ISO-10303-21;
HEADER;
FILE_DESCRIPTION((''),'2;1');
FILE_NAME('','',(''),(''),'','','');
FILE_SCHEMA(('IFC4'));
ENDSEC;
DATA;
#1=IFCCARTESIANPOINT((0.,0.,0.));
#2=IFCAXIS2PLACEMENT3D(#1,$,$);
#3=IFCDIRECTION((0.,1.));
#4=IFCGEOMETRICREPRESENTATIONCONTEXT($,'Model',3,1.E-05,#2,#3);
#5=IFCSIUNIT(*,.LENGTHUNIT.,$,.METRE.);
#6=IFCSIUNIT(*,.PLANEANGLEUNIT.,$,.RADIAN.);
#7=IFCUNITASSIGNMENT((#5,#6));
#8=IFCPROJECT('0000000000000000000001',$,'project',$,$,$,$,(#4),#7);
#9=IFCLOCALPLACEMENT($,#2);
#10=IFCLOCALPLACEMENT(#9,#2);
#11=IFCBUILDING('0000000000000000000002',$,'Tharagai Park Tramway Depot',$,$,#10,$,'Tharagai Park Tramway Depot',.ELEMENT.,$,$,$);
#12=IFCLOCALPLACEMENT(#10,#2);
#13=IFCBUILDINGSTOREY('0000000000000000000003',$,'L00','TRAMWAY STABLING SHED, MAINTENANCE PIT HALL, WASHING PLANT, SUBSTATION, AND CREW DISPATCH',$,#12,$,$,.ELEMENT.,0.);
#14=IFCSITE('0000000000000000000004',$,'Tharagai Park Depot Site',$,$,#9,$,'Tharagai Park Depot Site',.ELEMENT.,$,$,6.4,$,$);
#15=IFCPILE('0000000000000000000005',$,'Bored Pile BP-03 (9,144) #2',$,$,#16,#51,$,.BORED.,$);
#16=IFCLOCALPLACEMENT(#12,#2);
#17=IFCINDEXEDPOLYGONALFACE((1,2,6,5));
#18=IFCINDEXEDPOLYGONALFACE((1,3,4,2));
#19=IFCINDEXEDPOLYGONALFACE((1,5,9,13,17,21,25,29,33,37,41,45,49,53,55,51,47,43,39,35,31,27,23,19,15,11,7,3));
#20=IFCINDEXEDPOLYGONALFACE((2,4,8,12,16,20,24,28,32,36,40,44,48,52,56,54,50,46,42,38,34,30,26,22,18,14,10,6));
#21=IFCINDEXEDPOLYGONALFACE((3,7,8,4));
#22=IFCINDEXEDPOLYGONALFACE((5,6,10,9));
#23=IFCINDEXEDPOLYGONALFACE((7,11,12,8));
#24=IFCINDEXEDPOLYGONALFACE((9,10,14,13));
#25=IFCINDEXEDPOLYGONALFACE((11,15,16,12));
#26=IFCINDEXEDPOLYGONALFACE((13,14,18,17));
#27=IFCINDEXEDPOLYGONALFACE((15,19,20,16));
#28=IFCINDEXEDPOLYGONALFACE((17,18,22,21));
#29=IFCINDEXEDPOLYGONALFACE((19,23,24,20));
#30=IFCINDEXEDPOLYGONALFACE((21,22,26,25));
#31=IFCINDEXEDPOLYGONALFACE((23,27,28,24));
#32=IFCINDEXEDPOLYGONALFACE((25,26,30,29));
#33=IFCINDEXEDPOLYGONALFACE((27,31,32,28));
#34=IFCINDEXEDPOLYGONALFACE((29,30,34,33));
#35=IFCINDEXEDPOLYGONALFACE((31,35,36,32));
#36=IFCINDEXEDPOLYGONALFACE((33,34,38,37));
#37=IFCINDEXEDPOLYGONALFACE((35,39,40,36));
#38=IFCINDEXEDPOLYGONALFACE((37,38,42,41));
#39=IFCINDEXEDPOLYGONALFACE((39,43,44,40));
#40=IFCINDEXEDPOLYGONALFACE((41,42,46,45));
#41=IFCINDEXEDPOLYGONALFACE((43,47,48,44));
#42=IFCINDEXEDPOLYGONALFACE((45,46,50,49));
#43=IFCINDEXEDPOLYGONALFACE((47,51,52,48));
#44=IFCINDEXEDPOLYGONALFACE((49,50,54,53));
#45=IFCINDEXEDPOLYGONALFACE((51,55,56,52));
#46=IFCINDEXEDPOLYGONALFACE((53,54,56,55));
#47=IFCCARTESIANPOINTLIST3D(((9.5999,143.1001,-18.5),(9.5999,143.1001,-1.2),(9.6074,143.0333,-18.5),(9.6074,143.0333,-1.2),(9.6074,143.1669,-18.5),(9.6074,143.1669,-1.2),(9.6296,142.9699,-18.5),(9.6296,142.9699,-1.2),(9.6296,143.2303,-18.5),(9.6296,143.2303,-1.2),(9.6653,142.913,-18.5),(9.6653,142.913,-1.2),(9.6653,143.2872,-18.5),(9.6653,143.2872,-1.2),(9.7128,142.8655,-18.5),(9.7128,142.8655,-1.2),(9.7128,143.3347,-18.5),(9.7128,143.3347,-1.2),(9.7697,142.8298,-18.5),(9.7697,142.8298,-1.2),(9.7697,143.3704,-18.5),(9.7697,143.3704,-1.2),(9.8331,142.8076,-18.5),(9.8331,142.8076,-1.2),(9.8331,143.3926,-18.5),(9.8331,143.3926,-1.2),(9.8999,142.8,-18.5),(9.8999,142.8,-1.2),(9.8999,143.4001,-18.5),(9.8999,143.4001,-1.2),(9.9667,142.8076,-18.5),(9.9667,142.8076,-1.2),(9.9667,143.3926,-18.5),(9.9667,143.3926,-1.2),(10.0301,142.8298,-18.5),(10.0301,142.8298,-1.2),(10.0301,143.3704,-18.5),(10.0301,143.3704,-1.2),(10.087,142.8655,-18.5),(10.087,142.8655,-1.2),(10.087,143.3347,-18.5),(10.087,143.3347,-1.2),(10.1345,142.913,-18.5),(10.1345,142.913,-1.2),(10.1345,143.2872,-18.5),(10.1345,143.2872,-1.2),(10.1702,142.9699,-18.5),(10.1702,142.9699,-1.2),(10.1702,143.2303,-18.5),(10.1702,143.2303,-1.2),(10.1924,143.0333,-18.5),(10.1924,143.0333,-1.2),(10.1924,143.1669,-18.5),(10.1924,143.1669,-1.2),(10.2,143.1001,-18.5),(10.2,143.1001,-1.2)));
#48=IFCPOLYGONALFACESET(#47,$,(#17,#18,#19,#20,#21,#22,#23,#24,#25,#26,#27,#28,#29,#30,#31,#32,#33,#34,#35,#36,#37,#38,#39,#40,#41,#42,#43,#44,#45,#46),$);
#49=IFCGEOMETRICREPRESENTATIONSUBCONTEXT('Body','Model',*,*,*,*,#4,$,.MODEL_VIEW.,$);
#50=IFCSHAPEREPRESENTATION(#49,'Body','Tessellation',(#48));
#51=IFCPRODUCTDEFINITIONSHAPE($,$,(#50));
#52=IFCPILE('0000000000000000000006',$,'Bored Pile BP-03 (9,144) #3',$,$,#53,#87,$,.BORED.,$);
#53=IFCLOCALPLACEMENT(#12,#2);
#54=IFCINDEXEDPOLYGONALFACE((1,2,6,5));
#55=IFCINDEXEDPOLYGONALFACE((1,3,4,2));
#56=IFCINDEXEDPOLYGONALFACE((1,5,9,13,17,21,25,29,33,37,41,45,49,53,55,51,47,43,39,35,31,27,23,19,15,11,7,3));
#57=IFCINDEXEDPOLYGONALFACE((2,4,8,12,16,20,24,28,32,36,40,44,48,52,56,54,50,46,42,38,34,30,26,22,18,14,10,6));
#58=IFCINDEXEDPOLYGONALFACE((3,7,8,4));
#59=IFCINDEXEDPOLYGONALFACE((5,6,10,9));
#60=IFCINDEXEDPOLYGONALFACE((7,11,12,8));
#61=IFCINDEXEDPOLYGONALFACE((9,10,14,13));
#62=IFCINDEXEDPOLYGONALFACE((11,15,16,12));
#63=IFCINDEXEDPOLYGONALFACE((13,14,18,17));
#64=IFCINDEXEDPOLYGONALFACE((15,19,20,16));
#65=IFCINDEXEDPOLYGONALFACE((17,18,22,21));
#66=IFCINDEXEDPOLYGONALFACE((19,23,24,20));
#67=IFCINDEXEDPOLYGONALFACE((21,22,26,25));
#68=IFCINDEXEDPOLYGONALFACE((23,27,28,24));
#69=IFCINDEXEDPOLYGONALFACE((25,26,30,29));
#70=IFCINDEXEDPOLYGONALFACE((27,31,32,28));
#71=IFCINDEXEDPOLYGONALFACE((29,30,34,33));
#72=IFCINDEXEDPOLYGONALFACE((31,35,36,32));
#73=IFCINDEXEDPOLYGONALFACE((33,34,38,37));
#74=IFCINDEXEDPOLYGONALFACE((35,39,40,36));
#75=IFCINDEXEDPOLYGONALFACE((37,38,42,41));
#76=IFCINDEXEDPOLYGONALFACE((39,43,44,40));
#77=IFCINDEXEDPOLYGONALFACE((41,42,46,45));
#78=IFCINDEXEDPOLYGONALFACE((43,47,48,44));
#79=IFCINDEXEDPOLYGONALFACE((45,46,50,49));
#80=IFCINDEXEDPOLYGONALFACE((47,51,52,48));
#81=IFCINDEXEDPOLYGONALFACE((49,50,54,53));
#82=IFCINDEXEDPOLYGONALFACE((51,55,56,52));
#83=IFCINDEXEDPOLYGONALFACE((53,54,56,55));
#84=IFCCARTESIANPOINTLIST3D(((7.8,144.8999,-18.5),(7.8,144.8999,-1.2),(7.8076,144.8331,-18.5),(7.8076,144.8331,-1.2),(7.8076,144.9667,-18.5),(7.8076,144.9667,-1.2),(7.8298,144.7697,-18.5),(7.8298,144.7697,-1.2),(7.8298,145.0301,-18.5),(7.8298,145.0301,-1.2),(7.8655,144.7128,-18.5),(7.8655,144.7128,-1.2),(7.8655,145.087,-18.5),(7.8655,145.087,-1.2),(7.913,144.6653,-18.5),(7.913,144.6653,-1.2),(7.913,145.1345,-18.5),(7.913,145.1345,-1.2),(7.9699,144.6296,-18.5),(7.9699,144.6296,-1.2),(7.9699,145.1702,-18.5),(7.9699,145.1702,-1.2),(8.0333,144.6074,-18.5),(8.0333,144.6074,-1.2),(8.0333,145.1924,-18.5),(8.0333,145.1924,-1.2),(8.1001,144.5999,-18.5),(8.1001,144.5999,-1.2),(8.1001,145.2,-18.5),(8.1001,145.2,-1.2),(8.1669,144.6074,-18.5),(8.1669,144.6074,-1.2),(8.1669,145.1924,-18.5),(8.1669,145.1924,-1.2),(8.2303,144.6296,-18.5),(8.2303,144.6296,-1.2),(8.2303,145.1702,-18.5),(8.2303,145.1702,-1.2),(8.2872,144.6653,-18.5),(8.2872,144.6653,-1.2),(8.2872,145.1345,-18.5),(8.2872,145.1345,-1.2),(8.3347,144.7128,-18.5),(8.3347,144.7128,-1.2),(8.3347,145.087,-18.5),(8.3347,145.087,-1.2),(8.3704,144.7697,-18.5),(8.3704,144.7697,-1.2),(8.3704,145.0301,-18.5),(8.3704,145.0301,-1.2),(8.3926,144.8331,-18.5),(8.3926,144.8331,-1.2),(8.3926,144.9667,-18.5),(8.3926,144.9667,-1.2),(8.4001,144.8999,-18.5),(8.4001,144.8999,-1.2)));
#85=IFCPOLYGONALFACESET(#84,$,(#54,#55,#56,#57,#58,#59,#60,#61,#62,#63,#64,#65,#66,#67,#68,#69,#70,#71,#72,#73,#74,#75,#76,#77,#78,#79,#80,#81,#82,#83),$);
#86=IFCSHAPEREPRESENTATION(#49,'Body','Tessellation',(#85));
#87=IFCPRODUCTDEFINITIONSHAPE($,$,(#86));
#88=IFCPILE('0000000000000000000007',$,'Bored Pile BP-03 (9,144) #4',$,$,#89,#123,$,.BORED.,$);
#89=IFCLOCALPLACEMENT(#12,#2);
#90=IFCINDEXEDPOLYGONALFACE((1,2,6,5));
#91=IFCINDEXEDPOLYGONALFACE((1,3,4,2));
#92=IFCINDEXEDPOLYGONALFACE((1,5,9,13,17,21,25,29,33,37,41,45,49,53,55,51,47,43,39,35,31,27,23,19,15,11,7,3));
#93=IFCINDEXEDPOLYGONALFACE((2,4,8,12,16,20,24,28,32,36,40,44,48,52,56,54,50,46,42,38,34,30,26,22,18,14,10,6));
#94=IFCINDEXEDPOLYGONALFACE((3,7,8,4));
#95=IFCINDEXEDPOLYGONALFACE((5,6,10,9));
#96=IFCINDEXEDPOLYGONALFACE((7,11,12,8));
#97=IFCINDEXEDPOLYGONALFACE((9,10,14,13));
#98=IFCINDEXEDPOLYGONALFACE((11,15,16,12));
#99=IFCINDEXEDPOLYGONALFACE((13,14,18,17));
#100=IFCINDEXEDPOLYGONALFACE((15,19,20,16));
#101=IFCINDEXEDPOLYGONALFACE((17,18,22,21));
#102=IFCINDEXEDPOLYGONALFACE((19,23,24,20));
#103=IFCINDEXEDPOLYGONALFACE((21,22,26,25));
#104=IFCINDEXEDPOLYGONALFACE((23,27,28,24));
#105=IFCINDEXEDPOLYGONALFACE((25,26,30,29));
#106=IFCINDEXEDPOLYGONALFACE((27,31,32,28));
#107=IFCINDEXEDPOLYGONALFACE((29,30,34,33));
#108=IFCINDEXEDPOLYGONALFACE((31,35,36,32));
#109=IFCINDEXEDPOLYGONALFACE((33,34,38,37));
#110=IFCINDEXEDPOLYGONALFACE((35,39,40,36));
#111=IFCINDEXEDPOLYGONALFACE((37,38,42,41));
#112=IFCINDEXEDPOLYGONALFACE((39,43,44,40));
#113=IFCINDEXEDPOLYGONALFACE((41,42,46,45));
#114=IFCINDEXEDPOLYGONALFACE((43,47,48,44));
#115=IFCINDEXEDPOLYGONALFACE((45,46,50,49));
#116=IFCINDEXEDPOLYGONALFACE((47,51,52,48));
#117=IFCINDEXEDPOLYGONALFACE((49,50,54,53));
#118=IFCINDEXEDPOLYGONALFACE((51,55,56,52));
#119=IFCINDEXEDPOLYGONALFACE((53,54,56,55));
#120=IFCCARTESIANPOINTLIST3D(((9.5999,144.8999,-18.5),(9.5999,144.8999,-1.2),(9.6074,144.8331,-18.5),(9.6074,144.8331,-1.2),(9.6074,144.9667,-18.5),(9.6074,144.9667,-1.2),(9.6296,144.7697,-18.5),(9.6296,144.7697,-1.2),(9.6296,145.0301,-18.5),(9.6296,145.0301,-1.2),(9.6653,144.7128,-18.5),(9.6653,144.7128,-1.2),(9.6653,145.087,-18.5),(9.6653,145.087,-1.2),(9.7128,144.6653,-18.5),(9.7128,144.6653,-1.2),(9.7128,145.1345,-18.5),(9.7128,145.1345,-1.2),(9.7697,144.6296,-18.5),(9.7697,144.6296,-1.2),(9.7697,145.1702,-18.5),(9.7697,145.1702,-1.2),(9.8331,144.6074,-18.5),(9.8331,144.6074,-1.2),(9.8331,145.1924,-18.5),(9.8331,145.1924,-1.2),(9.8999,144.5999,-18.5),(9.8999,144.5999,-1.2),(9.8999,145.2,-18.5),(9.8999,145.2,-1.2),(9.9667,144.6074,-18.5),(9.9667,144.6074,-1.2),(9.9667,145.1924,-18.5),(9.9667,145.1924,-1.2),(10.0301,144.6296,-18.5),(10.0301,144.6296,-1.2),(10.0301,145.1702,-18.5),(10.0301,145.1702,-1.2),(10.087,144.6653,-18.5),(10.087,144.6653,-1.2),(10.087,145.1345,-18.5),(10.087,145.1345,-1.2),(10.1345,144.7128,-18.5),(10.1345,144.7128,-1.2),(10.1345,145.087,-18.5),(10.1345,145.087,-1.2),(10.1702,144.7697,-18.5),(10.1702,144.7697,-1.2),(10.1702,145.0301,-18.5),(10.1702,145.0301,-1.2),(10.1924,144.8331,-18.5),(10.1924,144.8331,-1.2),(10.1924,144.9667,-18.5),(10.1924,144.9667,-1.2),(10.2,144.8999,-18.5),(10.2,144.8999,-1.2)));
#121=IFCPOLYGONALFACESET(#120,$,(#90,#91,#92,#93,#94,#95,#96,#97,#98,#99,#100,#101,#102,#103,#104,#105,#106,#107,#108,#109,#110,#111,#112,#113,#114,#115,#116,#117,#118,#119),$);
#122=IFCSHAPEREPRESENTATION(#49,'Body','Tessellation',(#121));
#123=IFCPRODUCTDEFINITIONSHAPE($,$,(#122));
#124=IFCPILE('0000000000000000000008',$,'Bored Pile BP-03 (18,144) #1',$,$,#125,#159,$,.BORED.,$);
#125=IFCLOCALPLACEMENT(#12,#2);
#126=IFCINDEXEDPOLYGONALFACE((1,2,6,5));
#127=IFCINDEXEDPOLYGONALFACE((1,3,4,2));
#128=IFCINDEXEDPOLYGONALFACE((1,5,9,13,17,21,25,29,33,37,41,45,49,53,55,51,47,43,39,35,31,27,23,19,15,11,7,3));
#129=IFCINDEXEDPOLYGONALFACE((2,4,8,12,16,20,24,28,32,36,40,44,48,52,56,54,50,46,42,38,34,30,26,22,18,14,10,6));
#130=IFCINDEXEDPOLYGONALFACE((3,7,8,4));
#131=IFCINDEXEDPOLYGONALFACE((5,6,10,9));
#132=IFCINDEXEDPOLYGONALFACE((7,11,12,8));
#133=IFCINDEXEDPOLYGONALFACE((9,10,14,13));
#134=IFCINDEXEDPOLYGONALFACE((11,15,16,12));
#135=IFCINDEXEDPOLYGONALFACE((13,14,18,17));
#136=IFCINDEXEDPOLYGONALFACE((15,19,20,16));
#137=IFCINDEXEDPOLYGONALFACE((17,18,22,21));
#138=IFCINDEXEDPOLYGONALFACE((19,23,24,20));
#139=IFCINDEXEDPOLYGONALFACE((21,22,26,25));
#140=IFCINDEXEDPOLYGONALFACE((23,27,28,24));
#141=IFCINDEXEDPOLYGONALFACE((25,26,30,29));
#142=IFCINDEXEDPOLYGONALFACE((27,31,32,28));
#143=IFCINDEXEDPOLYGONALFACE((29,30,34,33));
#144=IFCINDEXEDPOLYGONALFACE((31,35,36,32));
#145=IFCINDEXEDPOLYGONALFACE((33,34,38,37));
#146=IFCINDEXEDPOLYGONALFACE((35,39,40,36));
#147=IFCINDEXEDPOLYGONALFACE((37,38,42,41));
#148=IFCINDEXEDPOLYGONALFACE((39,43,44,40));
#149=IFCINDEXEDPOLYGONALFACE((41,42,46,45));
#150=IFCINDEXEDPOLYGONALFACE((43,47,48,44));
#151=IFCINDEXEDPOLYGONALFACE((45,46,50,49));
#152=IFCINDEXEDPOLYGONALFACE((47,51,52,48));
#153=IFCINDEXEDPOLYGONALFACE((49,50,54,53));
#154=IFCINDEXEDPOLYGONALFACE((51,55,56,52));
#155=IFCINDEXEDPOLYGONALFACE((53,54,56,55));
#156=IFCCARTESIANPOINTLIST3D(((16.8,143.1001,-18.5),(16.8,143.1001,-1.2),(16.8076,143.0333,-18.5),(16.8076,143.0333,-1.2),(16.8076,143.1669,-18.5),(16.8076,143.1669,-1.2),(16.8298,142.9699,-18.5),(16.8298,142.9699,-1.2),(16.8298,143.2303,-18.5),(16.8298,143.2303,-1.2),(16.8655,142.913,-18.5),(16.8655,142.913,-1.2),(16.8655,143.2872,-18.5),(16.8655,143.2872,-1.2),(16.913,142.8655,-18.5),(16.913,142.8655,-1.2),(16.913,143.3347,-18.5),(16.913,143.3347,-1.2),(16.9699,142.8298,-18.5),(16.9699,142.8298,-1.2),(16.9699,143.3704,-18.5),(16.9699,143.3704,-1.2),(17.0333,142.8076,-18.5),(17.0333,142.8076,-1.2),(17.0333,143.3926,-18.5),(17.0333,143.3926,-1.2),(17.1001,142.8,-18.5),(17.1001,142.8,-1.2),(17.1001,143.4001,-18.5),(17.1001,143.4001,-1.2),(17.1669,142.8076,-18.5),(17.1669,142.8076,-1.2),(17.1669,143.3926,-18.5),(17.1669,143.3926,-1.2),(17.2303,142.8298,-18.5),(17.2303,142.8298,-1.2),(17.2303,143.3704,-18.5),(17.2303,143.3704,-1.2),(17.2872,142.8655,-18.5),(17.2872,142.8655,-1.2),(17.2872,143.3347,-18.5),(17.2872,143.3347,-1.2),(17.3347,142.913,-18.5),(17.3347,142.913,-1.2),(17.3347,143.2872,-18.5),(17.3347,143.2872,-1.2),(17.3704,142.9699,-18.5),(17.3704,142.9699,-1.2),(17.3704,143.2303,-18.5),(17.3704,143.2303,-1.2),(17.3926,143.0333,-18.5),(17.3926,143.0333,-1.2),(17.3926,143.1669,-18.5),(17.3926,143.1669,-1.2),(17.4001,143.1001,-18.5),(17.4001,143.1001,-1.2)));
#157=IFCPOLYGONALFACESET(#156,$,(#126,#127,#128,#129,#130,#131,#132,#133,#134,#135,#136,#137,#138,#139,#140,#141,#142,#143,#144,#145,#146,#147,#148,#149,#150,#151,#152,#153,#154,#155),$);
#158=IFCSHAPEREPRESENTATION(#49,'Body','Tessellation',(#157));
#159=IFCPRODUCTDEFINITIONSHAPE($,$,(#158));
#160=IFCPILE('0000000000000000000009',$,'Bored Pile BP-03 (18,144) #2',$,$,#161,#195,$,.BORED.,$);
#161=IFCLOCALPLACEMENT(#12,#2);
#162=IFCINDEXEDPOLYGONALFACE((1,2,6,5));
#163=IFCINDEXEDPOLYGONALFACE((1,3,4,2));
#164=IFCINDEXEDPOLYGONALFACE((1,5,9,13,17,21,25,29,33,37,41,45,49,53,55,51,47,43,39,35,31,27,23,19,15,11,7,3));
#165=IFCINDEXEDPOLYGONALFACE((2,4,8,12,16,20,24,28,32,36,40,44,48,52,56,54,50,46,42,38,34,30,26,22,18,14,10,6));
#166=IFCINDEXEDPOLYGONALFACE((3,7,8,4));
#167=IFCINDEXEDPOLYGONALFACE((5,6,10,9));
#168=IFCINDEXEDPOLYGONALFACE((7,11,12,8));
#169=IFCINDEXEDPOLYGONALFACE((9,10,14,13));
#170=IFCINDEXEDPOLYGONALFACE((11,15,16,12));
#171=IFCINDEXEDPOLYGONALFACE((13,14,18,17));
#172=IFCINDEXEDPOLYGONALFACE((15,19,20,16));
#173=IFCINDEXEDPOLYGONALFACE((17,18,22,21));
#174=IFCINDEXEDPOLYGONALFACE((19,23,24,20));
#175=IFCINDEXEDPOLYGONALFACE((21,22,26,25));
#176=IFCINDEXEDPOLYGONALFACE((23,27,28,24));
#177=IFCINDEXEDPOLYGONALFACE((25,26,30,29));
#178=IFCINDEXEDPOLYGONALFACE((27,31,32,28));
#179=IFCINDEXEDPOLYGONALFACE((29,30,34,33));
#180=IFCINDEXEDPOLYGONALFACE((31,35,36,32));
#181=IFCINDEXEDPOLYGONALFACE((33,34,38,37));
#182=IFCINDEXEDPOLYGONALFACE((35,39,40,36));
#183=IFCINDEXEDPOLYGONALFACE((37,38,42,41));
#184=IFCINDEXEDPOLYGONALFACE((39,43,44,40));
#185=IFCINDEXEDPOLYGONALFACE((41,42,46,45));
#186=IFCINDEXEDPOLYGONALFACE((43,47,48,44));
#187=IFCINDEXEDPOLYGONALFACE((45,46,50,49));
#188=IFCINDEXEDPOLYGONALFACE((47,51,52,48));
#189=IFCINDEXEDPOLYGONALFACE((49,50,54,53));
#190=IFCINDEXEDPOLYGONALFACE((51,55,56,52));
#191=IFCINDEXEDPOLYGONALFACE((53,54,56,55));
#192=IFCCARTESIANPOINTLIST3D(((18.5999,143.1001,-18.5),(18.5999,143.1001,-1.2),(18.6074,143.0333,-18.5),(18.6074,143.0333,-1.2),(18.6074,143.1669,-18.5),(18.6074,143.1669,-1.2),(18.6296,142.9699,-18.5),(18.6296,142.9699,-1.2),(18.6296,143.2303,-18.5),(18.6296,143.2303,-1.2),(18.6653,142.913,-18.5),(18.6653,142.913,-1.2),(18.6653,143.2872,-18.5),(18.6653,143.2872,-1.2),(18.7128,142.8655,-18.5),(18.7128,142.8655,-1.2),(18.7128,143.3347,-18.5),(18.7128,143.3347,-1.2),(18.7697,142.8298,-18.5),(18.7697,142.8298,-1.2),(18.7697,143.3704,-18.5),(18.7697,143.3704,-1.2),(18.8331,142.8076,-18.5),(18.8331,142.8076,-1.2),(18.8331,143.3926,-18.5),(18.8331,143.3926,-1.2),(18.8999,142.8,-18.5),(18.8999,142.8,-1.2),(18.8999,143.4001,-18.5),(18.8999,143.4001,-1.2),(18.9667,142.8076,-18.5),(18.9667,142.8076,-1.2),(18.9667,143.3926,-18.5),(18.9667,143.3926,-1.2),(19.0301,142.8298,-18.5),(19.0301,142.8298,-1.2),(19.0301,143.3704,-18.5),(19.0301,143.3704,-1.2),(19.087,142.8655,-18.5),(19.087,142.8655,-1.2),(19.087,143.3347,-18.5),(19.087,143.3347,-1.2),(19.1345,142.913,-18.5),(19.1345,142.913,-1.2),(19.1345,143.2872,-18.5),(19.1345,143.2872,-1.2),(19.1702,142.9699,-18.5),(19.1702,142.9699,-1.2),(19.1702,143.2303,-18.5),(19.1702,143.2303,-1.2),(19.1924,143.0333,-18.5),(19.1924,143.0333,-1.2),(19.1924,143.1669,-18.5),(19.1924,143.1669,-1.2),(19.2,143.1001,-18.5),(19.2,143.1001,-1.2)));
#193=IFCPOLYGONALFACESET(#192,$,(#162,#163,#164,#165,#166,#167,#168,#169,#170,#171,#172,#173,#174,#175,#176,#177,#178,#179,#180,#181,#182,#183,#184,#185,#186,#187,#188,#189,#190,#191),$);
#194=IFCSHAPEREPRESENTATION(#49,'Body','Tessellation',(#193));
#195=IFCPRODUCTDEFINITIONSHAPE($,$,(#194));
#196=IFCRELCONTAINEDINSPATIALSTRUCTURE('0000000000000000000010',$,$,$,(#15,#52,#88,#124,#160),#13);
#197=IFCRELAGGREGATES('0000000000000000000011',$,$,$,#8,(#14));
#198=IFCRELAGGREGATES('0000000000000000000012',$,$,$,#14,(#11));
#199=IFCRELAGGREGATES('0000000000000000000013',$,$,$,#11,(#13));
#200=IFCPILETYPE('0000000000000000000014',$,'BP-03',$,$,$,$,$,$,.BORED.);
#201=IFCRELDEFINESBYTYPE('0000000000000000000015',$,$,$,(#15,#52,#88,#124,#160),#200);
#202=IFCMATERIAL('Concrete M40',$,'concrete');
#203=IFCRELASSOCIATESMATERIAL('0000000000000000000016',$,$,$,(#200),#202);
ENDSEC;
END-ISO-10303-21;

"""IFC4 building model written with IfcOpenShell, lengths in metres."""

from ifc_helpers import new_model, si_unit, direction, frame, origin, origin_2d, place, context, subcontext, project, spatial, circle, extrude, material, material_profile, profile_set, type_object, element, save


model = new_model("IFC4")

# Units and contexts
model_context = context("Model", 3, precision=1e-05, world=origin(), true_north=direction((0.0, 1.0)))
body_context = subcontext(model_context, "Body", "Model", "MODEL_VIEW")
ifc_project = project(units=[si_unit("LENGTHUNIT", "METRE"), si_unit("PLANEANGLEUNIT", "RADIAN")], contexts=[model_context])

# Site, building, storey
site_placement = place(None, origin())
site = spatial("IfcSite", under=ifc_project, at=site_placement, Name="Tharagai Park Depot Site", LongName="Tharagai Park Depot Site", CompositionType="ELEMENT", RefElevation=6.4)
building_placement = place(site_placement, origin())
building = spatial("IfcBuilding", under=site, at=building_placement, Name="Tharagai Park Tramway Depot", LongName="Tharagai Park Tramway Depot", CompositionType="ELEMENT")
storey_placement = place(building_placement, origin())
storey = spatial("IfcBuildingStorey", under=building, at=storey_placement, Name="L00", Description="TRAMWAY STABLING SHED, MAINTENANCE PIT HALL, WASHING PLANT, SUBSTATION, AND CREW DISPATCH", CompositionType="ELEMENT", Elevation=0.0)

# Piles
ifc_material_1 = material(Name="Concrete M40", Category="concrete")
ifc_material_profile_1 = material_profile(ifc_material_1, circle(Radius=0.3, at=origin_2d()), Name="PILE D600")
ifc_profile_set_1 = profile_set([ifc_material_profile_1], Name="Concrete M40")
pile_type = type_object("IfcPileType", Name="BP-03", PredefinedType="BORED", material=ifc_profile_set_1)
for number, where, z_axis, x_axis, name in (
    (1, (9.8999, 143.1001, -1.2), (0.0, 0.0, -1.0), (1.0, 0.0, 0.0), "Bored Pile BP-03 (9,144) #2"),
    (2, (8.1001, 144.8999, -1.2), (0.0, 0.0, -1.0), (1.0, 0.0, 0.0), "Bored Pile BP-03 (9,144) #3"),
    (3, (9.8999, 144.8999, -1.2), (0.0, 0.0, -1.0), (1.0, 0.0, 0.0), "Bored Pile BP-03 (9,144) #4"),
    (4, (17.1001, 143.1001, -1.2), (0.0, 0.0, -1.0), (1.0, 0.0, 0.0), "Bored Pile BP-03 (18,144) #1"),
    (5, (18.8999, 143.1001, -1.2), (0.0, 0.0, -1.0), (1.0, 0.0, 0.0), "Bored Pile BP-03 (18,144) #2"),
):
    element("IfcPile", number, at=place(storey_placement, frame(where, z_axis=z_axis, x_axis=x_axis)), inside=storey, type_object=pile_type, Name=name, PredefinedType="BORED", context=body_context, shape_type="SweptSolid", body=[
        extrude(circle(Radius=0.3, at=origin_2d()), origin(), (0.0, 0.0, 1.0), 17.3),
    ])

save(model, "model.ifc")
